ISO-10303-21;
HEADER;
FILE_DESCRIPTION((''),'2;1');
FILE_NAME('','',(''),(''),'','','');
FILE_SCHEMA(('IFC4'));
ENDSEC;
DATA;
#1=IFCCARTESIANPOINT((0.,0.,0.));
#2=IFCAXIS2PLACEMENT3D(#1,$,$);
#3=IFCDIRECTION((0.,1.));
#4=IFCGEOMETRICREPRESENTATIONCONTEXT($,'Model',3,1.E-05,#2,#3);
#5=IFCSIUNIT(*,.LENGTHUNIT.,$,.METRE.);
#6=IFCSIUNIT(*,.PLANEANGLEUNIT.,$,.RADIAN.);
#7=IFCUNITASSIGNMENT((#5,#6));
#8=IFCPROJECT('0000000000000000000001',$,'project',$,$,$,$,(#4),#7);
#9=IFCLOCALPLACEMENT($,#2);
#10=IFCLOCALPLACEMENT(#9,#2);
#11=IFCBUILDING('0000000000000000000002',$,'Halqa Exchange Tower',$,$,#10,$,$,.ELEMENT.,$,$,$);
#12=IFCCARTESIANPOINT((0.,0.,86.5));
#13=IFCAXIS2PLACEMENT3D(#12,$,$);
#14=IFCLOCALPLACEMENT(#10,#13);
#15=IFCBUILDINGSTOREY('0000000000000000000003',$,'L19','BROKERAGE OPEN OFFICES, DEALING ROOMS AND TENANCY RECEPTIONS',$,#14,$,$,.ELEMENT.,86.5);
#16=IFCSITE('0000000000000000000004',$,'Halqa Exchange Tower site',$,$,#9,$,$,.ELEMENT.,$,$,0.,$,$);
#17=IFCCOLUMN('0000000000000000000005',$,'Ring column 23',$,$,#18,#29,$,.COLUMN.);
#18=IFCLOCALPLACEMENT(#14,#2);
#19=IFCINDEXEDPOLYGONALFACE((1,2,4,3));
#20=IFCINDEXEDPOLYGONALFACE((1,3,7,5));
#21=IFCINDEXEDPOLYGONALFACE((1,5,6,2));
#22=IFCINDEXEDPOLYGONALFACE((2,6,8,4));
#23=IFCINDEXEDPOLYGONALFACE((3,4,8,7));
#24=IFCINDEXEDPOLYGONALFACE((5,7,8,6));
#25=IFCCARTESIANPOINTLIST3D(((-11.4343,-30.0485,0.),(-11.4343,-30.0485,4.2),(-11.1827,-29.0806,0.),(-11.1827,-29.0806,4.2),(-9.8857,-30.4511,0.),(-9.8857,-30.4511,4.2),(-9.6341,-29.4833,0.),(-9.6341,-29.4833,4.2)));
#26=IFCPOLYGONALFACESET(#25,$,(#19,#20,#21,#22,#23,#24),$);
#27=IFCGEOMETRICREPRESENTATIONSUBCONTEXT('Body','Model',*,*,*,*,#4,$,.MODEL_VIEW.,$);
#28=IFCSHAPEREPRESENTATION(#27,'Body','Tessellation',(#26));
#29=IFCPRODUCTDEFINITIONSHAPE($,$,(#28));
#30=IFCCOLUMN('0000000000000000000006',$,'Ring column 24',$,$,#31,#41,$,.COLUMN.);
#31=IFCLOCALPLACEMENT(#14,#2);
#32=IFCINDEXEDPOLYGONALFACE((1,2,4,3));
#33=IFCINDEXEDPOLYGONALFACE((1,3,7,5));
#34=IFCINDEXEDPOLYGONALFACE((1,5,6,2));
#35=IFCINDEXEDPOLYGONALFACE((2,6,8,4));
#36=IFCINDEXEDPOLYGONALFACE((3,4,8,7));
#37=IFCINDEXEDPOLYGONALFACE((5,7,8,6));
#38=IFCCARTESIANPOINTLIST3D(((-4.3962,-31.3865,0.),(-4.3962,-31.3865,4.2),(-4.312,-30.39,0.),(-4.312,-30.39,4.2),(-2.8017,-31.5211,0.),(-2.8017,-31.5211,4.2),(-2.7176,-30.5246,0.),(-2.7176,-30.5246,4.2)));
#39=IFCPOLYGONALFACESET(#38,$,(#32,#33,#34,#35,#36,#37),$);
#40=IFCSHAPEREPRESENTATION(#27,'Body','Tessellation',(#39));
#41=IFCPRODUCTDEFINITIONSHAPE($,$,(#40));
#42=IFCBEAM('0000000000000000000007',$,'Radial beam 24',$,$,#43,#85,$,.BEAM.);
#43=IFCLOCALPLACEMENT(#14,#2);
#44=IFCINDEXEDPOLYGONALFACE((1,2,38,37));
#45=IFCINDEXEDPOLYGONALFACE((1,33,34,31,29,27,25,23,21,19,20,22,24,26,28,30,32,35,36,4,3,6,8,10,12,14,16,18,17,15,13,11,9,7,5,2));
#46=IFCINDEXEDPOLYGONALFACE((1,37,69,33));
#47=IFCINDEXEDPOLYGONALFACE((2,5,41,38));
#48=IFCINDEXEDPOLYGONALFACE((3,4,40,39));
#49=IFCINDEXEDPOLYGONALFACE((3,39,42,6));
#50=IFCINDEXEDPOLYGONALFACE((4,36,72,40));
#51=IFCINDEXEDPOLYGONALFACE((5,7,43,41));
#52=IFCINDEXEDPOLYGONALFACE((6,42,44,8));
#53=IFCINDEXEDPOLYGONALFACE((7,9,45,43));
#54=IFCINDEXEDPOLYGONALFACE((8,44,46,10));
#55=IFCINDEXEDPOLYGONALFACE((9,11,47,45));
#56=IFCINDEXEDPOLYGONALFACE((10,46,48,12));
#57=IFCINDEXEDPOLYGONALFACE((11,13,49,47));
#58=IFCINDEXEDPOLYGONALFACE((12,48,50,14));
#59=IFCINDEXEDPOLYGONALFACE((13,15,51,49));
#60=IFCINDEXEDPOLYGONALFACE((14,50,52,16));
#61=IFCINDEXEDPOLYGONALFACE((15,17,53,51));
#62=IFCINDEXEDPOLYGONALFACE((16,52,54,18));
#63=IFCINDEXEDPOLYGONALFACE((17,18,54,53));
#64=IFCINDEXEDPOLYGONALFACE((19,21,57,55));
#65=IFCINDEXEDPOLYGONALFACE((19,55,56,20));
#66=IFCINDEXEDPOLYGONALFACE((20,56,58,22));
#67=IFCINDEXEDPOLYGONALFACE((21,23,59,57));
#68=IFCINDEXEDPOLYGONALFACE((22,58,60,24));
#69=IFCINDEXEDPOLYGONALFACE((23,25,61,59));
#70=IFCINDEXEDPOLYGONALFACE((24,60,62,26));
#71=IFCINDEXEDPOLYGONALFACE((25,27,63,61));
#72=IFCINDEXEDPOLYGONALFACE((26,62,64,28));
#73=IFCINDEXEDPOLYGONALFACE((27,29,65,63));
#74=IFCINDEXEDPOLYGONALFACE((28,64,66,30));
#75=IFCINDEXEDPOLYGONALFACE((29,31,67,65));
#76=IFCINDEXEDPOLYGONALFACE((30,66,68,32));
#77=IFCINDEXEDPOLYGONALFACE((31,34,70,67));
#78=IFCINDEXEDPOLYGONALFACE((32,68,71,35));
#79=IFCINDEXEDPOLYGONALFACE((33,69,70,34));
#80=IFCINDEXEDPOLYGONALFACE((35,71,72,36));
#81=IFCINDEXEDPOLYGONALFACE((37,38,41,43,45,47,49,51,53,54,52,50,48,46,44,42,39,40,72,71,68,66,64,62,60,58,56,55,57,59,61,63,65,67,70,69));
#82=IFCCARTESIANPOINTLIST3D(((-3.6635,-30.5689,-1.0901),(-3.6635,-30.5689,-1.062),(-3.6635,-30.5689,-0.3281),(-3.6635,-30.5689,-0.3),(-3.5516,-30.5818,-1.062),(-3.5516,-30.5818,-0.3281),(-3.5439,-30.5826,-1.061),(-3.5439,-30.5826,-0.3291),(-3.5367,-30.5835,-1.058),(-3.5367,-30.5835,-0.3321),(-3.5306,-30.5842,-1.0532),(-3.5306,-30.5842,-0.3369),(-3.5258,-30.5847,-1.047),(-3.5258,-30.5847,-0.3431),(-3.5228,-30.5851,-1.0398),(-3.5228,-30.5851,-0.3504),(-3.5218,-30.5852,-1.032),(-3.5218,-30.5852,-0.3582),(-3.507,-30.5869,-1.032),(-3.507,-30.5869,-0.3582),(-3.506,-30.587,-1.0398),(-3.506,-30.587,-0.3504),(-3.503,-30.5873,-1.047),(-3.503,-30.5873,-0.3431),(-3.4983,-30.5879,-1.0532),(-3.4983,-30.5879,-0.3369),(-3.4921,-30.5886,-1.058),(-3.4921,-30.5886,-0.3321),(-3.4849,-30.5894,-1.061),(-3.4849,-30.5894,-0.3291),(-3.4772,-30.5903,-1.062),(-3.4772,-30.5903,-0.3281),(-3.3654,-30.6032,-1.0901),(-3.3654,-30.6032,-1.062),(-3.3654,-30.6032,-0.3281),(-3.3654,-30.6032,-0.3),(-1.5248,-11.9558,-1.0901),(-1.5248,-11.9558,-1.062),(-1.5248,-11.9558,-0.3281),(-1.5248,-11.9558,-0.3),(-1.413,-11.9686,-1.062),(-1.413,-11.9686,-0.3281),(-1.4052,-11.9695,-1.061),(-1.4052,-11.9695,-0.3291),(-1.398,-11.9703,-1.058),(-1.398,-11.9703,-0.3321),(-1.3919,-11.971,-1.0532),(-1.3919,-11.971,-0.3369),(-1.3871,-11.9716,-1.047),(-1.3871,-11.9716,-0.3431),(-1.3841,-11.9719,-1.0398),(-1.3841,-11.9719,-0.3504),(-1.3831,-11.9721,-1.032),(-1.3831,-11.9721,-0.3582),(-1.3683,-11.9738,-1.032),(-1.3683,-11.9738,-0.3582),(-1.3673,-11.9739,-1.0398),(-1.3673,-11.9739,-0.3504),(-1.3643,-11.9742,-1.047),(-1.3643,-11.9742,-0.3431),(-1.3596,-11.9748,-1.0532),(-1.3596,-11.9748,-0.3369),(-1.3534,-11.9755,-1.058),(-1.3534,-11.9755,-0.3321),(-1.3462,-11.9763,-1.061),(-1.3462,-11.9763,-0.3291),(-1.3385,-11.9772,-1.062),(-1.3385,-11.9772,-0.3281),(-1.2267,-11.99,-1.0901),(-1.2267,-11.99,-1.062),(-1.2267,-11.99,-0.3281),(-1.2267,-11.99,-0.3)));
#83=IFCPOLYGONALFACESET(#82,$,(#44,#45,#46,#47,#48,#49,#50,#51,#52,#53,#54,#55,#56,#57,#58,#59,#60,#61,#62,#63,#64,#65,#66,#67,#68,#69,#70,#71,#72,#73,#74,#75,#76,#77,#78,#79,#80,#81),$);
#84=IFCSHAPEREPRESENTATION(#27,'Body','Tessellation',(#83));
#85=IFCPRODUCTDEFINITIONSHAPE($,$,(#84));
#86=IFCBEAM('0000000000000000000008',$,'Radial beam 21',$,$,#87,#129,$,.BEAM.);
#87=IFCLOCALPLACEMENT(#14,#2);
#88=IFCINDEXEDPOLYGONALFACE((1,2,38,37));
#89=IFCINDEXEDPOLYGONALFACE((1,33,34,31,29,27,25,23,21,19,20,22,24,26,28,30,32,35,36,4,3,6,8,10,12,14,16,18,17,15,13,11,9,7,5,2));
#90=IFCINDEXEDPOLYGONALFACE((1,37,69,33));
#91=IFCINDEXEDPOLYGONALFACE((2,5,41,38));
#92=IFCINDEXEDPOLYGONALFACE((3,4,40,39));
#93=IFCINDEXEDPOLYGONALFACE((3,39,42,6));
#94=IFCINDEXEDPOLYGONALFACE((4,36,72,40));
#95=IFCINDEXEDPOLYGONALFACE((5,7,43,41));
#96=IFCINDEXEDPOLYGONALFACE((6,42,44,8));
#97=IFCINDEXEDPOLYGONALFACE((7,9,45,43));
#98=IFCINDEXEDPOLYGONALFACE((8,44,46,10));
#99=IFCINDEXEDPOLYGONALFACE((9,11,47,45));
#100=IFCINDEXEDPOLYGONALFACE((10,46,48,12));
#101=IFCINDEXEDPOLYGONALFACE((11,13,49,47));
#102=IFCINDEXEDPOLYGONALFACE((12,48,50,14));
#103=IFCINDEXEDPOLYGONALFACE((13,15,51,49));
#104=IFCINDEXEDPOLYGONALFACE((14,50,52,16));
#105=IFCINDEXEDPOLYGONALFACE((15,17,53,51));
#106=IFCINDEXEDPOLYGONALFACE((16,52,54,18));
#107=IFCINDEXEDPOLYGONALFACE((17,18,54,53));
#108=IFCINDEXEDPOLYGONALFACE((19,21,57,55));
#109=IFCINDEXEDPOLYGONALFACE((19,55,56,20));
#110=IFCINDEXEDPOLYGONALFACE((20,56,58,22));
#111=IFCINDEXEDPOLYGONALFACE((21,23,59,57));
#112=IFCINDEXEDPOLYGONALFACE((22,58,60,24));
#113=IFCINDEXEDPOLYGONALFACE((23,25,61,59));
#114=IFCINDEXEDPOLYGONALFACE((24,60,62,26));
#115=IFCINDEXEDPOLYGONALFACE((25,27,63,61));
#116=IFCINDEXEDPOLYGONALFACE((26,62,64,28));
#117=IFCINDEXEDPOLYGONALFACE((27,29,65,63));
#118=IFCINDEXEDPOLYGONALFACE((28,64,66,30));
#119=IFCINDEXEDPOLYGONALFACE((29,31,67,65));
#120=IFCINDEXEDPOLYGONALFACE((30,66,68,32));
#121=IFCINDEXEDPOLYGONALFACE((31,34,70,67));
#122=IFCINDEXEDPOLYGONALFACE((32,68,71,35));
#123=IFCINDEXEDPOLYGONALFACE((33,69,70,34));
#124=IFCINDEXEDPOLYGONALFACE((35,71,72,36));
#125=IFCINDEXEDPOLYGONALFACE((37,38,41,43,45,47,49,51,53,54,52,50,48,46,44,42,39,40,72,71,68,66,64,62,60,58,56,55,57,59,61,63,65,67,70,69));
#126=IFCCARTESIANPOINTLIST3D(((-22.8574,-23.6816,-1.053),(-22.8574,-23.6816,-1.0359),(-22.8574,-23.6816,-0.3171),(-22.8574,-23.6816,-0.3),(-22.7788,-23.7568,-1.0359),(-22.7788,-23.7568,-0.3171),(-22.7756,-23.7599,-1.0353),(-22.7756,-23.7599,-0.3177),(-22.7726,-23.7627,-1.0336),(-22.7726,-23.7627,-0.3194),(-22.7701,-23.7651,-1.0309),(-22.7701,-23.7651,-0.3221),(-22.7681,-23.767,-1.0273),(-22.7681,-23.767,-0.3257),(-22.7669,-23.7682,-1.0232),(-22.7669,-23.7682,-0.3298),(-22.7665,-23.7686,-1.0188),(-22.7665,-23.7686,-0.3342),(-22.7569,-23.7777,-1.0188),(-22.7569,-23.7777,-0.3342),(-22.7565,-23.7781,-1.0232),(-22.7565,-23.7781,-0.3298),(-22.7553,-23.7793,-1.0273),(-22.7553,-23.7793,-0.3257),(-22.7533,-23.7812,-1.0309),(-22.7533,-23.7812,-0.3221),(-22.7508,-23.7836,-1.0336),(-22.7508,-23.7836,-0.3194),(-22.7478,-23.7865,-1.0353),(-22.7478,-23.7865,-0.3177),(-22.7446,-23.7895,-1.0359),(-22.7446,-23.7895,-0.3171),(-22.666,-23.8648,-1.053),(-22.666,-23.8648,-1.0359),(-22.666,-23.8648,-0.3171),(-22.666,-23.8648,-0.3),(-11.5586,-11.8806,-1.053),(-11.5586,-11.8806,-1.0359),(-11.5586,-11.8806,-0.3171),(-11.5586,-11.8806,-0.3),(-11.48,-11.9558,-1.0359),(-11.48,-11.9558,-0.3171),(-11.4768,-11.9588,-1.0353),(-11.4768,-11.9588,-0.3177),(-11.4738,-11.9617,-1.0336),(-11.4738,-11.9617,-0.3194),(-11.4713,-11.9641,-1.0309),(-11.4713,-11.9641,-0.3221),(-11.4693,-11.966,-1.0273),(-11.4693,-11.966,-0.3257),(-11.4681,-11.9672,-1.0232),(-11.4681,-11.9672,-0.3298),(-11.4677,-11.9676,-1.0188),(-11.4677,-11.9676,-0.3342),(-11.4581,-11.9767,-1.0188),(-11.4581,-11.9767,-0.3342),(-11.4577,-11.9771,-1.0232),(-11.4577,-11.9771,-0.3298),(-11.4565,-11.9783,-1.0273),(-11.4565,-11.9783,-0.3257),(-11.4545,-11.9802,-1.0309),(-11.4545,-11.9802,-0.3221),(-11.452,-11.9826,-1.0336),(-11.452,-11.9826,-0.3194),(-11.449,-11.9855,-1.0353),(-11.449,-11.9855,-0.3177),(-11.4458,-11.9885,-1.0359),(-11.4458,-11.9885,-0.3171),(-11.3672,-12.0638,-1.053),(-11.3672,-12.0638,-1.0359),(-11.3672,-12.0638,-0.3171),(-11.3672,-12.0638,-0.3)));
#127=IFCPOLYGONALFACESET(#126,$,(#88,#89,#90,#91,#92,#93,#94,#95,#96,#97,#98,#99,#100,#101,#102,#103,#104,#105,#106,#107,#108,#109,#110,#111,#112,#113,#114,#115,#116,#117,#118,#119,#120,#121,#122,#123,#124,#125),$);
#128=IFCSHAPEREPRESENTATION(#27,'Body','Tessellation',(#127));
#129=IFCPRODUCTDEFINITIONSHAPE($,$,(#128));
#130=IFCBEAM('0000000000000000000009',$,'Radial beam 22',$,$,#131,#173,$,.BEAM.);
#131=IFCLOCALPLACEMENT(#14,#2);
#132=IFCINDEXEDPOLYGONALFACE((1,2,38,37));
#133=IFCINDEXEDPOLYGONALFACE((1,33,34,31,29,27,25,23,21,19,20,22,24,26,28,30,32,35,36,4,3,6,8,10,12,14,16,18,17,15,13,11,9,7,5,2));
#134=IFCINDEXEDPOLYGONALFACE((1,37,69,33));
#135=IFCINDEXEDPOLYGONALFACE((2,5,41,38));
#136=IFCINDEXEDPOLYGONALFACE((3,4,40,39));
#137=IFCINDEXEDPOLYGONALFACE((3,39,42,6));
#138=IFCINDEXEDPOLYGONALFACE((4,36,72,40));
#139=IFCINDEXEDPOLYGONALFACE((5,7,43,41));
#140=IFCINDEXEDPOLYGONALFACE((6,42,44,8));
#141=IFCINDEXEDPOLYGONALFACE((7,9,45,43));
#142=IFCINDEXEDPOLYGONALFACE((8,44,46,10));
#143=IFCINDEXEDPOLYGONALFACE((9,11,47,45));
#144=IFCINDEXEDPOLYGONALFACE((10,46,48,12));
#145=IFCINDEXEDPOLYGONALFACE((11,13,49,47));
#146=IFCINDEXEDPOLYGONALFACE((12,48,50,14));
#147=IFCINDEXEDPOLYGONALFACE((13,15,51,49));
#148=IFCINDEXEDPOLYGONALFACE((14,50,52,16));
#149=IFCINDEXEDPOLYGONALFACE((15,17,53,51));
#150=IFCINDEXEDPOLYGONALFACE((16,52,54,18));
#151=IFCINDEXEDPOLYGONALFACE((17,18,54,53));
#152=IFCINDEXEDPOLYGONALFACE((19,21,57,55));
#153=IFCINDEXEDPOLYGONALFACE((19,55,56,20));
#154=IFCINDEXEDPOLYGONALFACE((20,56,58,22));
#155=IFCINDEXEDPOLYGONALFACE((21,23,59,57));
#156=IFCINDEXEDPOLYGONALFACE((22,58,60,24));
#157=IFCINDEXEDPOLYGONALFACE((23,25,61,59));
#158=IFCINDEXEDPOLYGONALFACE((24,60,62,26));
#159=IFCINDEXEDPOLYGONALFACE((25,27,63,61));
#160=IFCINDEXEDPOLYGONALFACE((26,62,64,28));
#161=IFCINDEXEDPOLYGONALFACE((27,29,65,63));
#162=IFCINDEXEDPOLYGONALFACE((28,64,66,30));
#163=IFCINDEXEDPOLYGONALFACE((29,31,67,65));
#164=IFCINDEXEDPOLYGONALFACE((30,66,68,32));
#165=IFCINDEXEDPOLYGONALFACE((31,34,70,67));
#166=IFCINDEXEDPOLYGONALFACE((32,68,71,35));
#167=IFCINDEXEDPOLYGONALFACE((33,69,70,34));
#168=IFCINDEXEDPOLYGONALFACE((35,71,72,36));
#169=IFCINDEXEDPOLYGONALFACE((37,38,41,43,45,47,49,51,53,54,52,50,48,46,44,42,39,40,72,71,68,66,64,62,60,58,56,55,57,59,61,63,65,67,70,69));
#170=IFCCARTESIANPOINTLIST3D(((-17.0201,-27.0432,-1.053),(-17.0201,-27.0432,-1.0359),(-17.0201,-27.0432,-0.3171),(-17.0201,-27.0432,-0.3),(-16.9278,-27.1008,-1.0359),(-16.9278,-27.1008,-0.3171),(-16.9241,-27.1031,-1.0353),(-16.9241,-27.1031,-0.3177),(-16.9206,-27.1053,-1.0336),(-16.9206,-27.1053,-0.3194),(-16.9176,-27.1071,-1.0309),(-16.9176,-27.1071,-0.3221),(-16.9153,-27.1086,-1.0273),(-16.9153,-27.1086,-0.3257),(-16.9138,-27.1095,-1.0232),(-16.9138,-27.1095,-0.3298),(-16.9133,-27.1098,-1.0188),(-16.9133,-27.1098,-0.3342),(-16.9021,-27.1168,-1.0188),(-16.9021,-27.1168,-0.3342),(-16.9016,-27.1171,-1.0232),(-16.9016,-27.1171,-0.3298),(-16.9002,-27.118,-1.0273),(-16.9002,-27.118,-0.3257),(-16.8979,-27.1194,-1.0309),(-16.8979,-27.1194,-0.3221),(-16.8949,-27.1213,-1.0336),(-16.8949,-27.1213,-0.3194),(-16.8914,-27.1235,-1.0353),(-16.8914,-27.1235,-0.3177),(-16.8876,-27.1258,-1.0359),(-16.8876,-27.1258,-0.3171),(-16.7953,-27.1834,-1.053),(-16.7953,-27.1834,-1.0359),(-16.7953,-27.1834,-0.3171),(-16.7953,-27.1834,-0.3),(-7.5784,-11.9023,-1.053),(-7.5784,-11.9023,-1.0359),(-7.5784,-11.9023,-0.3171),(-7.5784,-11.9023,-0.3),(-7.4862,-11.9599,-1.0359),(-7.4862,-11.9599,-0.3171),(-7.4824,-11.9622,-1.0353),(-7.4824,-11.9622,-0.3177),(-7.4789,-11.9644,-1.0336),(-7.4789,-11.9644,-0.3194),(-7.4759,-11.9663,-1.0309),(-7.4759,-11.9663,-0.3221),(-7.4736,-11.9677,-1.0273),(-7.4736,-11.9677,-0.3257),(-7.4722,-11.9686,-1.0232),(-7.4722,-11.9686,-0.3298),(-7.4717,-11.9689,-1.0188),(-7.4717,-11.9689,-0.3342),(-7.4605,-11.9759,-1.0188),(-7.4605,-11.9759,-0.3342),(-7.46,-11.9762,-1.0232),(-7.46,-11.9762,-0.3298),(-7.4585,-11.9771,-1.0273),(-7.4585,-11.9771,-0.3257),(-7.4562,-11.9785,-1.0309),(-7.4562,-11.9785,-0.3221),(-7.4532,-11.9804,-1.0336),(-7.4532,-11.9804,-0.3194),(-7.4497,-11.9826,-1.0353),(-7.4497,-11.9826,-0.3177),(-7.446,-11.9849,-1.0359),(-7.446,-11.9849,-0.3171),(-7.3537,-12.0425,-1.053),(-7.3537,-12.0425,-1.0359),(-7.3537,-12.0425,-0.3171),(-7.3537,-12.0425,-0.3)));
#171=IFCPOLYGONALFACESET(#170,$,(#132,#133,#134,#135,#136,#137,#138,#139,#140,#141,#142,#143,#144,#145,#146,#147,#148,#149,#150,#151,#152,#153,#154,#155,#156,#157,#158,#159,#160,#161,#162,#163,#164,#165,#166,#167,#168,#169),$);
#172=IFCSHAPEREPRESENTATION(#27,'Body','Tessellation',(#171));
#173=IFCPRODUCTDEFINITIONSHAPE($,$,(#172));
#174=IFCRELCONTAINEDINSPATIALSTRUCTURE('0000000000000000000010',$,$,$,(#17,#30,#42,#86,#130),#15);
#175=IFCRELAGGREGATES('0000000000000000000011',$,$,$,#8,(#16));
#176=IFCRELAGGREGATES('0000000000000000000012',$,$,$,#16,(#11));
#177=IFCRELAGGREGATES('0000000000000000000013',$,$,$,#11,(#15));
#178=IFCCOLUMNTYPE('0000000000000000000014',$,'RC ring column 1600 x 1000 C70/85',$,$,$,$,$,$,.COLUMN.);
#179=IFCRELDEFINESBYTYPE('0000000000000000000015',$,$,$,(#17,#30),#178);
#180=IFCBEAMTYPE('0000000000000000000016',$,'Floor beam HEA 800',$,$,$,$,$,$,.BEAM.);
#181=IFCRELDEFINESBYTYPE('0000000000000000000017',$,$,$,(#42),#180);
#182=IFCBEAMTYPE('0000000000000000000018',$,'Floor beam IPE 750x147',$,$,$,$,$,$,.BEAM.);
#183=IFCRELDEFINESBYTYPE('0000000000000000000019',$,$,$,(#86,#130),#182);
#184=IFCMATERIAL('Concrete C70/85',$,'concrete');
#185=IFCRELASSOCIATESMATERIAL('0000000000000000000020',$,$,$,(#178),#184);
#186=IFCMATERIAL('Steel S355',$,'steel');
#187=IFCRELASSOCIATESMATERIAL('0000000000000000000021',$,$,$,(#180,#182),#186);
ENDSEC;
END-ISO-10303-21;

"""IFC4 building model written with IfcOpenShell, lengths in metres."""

from ifc_helpers import new_model, si_unit, direction, frame, origin, origin_2d, place, context, subcontext, project, spatial, rectangle, i_section, extrude, material, material_profile, profile_set, type_object, element, save


model = new_model("IFC4")

# Units and contexts
model_context = context("Model", 3, precision=1e-05, world=origin(), true_north=direction((0.0, 1.0)))
body_context = subcontext(model_context, "Body", "Model", "MODEL_VIEW")
ifc_project = project(units=[si_unit("LENGTHUNIT", "METRE"), si_unit("PLANEANGLEUNIT", "RADIAN")], contexts=[model_context])

# Site, building, storey
site_placement = place(None, origin())
site = spatial("IfcSite", under=ifc_project, at=site_placement, Name="Halqa Exchange Tower site", CompositionType="ELEMENT", RefElevation=0.0)
building_placement = place(site_placement, origin())
building = spatial("IfcBuilding", under=site, at=building_placement, Name="Halqa Exchange Tower", CompositionType="ELEMENT")
storey_placement = place(building_placement, frame((0.0, 0.0, 86.5)))
storey = spatial("IfcBuildingStorey", under=building, at=storey_placement, Name="L19", Description="BROKERAGE OPEN OFFICES, DEALING ROOMS AND TENANCY RECEPTIONS", CompositionType="ELEMENT", Elevation=86.5)

# Columns
ifc_material_1 = material(Name="Concrete C70/85", Category="concrete")
ifc_material_profile_1 = material_profile(ifc_material_1, rectangle(XDim=1.6001, YDim=1.0, at=origin_2d()), Name="1600 x 1000")
ifc_profile_set_1 = profile_set([ifc_material_profile_1], Name="Concrete C70/85")
column_type = type_object("IfcColumnType", Name="RC ring column 1600 x 1000 C70/85", PredefinedType="COLUMN", material=ifc_profile_set_1)
for number, where, z_axis, x_axis, name in (
    (1, (-10.5342, -29.7659, 0.0), (0.0, 0.0, 1.0), (0.96782, -0.251644, 0.0), "Ring column 23"),
    (2, (-3.5569, -30.9556, 0.0), (0.0, 0.0, 1.0), (0.996456, -0.084121, 0.0), "Ring column 24"),
):
    element("IfcColumn", number, at=place(storey_placement, frame(where, z_axis=z_axis, x_axis=x_axis)), inside=storey, type_object=column_type, Name=name, PredefinedType="COLUMN", context=body_context, shape_type="SweptSolid", body=[
        extrude(rectangle(XDim=1.6001, YDim=1.0, at=origin_2d()), origin(), (0.0, 0.0, 1.0), 4.2),
    ])

# Beams
ifc_material_2 = material(Name="Steel S355", Category="steel")
ifc_material_profile_2 = material_profile(ifc_material_2, i_section(OverallWidth=0.3, OverallDepth=0.79, WebThickness=0.0149, FlangeThickness=0.0281, FilletRadius=0.03, at=origin_2d()), Name="HEA 800")
ifc_profile_set_2 = profile_set([ifc_material_profile_2], Name="Steel S355")
beam_type_1 = type_object("IfcBeamType", Name="Floor beam HEA 800", PredefinedType="BEAM", material=ifc_profile_set_2)
beam_1_placement = place(storey_placement, frame((-1.3757, -11.9729, -0.6951), z_axis=(-0.114151, -0.993463, 0.0), x_axis=(0.993463, -0.114151, 0.0)))
element("IfcBeam", 3, at=beam_1_placement, inside=storey, type_object=beam_type_1, Name="Radial beam 24", PredefinedType="BEAM", context=body_context, shape_type="SweptSolid", body=[
    extrude(i_section(OverallWidth=0.3, OverallDepth=0.79, WebThickness=0.0149, FlangeThickness=0.0281, FilletRadius=0.03, at=origin_2d()), origin(), (0.0, 0.0, 1.0), 18.7356),
])
ifc_material_profile_3 = material_profile(ifc_material_2, i_section(OverallWidth=0.2649, OverallDepth=0.7529, WebThickness=0.0132, FlangeThickness=0.0171, FilletRadius=0.0171, at=origin_2d()), Name="IPE 750x147")
ifc_profile_set_3 = profile_set([ifc_material_profile_3], Name="Steel S355")
beam_type_2 = type_object("IfcBeamType", Name="Floor beam IPE 750x147", PredefinedType="BEAM", material=ifc_profile_set_3)
beam_2_placement = place(storey_placement, frame((-11.4629, -11.9722, -0.6765), z_axis=(-0.691571, -0.722309, 0.0), x_axis=(0.722309, -0.691571, 0.0)))
element("IfcBeam", 4, at=beam_2_placement, inside=storey, type_object=beam_type_2, Name="Radial beam 21", PredefinedType="BEAM", context=body_context, shape_type="SweptSolid", body=[
    extrude(i_section(OverallWidth=0.2649, OverallDepth=0.7529, WebThickness=0.0132, FlangeThickness=0.0171, FilletRadius=0.0171, at=origin_2d()), origin(), (0.0, 0.0, 1.0), 16.3379),
])
beam_3_placement = place(storey_placement, frame((-7.4661, -11.9724, -0.6765), z_axis=(-0.529137, -0.848537, 0.0), x_axis=(0.848537, -0.529137, 0.0)))
element("IfcBeam", 5, at=beam_3_placement, inside=storey, type_object=beam_type_2, Name="Radial beam 22", PredefinedType="BEAM", context=body_context, shape_type="SweptSolid", body=[
    extrude(i_section(OverallWidth=0.2649, OverallDepth=0.7529, WebThickness=0.0132, FlangeThickness=0.0171, FilletRadius=0.0171, at=origin_2d()), origin(), (0.0, 0.0, 1.0), 17.8435),
])

save(model, "model.ifc")
